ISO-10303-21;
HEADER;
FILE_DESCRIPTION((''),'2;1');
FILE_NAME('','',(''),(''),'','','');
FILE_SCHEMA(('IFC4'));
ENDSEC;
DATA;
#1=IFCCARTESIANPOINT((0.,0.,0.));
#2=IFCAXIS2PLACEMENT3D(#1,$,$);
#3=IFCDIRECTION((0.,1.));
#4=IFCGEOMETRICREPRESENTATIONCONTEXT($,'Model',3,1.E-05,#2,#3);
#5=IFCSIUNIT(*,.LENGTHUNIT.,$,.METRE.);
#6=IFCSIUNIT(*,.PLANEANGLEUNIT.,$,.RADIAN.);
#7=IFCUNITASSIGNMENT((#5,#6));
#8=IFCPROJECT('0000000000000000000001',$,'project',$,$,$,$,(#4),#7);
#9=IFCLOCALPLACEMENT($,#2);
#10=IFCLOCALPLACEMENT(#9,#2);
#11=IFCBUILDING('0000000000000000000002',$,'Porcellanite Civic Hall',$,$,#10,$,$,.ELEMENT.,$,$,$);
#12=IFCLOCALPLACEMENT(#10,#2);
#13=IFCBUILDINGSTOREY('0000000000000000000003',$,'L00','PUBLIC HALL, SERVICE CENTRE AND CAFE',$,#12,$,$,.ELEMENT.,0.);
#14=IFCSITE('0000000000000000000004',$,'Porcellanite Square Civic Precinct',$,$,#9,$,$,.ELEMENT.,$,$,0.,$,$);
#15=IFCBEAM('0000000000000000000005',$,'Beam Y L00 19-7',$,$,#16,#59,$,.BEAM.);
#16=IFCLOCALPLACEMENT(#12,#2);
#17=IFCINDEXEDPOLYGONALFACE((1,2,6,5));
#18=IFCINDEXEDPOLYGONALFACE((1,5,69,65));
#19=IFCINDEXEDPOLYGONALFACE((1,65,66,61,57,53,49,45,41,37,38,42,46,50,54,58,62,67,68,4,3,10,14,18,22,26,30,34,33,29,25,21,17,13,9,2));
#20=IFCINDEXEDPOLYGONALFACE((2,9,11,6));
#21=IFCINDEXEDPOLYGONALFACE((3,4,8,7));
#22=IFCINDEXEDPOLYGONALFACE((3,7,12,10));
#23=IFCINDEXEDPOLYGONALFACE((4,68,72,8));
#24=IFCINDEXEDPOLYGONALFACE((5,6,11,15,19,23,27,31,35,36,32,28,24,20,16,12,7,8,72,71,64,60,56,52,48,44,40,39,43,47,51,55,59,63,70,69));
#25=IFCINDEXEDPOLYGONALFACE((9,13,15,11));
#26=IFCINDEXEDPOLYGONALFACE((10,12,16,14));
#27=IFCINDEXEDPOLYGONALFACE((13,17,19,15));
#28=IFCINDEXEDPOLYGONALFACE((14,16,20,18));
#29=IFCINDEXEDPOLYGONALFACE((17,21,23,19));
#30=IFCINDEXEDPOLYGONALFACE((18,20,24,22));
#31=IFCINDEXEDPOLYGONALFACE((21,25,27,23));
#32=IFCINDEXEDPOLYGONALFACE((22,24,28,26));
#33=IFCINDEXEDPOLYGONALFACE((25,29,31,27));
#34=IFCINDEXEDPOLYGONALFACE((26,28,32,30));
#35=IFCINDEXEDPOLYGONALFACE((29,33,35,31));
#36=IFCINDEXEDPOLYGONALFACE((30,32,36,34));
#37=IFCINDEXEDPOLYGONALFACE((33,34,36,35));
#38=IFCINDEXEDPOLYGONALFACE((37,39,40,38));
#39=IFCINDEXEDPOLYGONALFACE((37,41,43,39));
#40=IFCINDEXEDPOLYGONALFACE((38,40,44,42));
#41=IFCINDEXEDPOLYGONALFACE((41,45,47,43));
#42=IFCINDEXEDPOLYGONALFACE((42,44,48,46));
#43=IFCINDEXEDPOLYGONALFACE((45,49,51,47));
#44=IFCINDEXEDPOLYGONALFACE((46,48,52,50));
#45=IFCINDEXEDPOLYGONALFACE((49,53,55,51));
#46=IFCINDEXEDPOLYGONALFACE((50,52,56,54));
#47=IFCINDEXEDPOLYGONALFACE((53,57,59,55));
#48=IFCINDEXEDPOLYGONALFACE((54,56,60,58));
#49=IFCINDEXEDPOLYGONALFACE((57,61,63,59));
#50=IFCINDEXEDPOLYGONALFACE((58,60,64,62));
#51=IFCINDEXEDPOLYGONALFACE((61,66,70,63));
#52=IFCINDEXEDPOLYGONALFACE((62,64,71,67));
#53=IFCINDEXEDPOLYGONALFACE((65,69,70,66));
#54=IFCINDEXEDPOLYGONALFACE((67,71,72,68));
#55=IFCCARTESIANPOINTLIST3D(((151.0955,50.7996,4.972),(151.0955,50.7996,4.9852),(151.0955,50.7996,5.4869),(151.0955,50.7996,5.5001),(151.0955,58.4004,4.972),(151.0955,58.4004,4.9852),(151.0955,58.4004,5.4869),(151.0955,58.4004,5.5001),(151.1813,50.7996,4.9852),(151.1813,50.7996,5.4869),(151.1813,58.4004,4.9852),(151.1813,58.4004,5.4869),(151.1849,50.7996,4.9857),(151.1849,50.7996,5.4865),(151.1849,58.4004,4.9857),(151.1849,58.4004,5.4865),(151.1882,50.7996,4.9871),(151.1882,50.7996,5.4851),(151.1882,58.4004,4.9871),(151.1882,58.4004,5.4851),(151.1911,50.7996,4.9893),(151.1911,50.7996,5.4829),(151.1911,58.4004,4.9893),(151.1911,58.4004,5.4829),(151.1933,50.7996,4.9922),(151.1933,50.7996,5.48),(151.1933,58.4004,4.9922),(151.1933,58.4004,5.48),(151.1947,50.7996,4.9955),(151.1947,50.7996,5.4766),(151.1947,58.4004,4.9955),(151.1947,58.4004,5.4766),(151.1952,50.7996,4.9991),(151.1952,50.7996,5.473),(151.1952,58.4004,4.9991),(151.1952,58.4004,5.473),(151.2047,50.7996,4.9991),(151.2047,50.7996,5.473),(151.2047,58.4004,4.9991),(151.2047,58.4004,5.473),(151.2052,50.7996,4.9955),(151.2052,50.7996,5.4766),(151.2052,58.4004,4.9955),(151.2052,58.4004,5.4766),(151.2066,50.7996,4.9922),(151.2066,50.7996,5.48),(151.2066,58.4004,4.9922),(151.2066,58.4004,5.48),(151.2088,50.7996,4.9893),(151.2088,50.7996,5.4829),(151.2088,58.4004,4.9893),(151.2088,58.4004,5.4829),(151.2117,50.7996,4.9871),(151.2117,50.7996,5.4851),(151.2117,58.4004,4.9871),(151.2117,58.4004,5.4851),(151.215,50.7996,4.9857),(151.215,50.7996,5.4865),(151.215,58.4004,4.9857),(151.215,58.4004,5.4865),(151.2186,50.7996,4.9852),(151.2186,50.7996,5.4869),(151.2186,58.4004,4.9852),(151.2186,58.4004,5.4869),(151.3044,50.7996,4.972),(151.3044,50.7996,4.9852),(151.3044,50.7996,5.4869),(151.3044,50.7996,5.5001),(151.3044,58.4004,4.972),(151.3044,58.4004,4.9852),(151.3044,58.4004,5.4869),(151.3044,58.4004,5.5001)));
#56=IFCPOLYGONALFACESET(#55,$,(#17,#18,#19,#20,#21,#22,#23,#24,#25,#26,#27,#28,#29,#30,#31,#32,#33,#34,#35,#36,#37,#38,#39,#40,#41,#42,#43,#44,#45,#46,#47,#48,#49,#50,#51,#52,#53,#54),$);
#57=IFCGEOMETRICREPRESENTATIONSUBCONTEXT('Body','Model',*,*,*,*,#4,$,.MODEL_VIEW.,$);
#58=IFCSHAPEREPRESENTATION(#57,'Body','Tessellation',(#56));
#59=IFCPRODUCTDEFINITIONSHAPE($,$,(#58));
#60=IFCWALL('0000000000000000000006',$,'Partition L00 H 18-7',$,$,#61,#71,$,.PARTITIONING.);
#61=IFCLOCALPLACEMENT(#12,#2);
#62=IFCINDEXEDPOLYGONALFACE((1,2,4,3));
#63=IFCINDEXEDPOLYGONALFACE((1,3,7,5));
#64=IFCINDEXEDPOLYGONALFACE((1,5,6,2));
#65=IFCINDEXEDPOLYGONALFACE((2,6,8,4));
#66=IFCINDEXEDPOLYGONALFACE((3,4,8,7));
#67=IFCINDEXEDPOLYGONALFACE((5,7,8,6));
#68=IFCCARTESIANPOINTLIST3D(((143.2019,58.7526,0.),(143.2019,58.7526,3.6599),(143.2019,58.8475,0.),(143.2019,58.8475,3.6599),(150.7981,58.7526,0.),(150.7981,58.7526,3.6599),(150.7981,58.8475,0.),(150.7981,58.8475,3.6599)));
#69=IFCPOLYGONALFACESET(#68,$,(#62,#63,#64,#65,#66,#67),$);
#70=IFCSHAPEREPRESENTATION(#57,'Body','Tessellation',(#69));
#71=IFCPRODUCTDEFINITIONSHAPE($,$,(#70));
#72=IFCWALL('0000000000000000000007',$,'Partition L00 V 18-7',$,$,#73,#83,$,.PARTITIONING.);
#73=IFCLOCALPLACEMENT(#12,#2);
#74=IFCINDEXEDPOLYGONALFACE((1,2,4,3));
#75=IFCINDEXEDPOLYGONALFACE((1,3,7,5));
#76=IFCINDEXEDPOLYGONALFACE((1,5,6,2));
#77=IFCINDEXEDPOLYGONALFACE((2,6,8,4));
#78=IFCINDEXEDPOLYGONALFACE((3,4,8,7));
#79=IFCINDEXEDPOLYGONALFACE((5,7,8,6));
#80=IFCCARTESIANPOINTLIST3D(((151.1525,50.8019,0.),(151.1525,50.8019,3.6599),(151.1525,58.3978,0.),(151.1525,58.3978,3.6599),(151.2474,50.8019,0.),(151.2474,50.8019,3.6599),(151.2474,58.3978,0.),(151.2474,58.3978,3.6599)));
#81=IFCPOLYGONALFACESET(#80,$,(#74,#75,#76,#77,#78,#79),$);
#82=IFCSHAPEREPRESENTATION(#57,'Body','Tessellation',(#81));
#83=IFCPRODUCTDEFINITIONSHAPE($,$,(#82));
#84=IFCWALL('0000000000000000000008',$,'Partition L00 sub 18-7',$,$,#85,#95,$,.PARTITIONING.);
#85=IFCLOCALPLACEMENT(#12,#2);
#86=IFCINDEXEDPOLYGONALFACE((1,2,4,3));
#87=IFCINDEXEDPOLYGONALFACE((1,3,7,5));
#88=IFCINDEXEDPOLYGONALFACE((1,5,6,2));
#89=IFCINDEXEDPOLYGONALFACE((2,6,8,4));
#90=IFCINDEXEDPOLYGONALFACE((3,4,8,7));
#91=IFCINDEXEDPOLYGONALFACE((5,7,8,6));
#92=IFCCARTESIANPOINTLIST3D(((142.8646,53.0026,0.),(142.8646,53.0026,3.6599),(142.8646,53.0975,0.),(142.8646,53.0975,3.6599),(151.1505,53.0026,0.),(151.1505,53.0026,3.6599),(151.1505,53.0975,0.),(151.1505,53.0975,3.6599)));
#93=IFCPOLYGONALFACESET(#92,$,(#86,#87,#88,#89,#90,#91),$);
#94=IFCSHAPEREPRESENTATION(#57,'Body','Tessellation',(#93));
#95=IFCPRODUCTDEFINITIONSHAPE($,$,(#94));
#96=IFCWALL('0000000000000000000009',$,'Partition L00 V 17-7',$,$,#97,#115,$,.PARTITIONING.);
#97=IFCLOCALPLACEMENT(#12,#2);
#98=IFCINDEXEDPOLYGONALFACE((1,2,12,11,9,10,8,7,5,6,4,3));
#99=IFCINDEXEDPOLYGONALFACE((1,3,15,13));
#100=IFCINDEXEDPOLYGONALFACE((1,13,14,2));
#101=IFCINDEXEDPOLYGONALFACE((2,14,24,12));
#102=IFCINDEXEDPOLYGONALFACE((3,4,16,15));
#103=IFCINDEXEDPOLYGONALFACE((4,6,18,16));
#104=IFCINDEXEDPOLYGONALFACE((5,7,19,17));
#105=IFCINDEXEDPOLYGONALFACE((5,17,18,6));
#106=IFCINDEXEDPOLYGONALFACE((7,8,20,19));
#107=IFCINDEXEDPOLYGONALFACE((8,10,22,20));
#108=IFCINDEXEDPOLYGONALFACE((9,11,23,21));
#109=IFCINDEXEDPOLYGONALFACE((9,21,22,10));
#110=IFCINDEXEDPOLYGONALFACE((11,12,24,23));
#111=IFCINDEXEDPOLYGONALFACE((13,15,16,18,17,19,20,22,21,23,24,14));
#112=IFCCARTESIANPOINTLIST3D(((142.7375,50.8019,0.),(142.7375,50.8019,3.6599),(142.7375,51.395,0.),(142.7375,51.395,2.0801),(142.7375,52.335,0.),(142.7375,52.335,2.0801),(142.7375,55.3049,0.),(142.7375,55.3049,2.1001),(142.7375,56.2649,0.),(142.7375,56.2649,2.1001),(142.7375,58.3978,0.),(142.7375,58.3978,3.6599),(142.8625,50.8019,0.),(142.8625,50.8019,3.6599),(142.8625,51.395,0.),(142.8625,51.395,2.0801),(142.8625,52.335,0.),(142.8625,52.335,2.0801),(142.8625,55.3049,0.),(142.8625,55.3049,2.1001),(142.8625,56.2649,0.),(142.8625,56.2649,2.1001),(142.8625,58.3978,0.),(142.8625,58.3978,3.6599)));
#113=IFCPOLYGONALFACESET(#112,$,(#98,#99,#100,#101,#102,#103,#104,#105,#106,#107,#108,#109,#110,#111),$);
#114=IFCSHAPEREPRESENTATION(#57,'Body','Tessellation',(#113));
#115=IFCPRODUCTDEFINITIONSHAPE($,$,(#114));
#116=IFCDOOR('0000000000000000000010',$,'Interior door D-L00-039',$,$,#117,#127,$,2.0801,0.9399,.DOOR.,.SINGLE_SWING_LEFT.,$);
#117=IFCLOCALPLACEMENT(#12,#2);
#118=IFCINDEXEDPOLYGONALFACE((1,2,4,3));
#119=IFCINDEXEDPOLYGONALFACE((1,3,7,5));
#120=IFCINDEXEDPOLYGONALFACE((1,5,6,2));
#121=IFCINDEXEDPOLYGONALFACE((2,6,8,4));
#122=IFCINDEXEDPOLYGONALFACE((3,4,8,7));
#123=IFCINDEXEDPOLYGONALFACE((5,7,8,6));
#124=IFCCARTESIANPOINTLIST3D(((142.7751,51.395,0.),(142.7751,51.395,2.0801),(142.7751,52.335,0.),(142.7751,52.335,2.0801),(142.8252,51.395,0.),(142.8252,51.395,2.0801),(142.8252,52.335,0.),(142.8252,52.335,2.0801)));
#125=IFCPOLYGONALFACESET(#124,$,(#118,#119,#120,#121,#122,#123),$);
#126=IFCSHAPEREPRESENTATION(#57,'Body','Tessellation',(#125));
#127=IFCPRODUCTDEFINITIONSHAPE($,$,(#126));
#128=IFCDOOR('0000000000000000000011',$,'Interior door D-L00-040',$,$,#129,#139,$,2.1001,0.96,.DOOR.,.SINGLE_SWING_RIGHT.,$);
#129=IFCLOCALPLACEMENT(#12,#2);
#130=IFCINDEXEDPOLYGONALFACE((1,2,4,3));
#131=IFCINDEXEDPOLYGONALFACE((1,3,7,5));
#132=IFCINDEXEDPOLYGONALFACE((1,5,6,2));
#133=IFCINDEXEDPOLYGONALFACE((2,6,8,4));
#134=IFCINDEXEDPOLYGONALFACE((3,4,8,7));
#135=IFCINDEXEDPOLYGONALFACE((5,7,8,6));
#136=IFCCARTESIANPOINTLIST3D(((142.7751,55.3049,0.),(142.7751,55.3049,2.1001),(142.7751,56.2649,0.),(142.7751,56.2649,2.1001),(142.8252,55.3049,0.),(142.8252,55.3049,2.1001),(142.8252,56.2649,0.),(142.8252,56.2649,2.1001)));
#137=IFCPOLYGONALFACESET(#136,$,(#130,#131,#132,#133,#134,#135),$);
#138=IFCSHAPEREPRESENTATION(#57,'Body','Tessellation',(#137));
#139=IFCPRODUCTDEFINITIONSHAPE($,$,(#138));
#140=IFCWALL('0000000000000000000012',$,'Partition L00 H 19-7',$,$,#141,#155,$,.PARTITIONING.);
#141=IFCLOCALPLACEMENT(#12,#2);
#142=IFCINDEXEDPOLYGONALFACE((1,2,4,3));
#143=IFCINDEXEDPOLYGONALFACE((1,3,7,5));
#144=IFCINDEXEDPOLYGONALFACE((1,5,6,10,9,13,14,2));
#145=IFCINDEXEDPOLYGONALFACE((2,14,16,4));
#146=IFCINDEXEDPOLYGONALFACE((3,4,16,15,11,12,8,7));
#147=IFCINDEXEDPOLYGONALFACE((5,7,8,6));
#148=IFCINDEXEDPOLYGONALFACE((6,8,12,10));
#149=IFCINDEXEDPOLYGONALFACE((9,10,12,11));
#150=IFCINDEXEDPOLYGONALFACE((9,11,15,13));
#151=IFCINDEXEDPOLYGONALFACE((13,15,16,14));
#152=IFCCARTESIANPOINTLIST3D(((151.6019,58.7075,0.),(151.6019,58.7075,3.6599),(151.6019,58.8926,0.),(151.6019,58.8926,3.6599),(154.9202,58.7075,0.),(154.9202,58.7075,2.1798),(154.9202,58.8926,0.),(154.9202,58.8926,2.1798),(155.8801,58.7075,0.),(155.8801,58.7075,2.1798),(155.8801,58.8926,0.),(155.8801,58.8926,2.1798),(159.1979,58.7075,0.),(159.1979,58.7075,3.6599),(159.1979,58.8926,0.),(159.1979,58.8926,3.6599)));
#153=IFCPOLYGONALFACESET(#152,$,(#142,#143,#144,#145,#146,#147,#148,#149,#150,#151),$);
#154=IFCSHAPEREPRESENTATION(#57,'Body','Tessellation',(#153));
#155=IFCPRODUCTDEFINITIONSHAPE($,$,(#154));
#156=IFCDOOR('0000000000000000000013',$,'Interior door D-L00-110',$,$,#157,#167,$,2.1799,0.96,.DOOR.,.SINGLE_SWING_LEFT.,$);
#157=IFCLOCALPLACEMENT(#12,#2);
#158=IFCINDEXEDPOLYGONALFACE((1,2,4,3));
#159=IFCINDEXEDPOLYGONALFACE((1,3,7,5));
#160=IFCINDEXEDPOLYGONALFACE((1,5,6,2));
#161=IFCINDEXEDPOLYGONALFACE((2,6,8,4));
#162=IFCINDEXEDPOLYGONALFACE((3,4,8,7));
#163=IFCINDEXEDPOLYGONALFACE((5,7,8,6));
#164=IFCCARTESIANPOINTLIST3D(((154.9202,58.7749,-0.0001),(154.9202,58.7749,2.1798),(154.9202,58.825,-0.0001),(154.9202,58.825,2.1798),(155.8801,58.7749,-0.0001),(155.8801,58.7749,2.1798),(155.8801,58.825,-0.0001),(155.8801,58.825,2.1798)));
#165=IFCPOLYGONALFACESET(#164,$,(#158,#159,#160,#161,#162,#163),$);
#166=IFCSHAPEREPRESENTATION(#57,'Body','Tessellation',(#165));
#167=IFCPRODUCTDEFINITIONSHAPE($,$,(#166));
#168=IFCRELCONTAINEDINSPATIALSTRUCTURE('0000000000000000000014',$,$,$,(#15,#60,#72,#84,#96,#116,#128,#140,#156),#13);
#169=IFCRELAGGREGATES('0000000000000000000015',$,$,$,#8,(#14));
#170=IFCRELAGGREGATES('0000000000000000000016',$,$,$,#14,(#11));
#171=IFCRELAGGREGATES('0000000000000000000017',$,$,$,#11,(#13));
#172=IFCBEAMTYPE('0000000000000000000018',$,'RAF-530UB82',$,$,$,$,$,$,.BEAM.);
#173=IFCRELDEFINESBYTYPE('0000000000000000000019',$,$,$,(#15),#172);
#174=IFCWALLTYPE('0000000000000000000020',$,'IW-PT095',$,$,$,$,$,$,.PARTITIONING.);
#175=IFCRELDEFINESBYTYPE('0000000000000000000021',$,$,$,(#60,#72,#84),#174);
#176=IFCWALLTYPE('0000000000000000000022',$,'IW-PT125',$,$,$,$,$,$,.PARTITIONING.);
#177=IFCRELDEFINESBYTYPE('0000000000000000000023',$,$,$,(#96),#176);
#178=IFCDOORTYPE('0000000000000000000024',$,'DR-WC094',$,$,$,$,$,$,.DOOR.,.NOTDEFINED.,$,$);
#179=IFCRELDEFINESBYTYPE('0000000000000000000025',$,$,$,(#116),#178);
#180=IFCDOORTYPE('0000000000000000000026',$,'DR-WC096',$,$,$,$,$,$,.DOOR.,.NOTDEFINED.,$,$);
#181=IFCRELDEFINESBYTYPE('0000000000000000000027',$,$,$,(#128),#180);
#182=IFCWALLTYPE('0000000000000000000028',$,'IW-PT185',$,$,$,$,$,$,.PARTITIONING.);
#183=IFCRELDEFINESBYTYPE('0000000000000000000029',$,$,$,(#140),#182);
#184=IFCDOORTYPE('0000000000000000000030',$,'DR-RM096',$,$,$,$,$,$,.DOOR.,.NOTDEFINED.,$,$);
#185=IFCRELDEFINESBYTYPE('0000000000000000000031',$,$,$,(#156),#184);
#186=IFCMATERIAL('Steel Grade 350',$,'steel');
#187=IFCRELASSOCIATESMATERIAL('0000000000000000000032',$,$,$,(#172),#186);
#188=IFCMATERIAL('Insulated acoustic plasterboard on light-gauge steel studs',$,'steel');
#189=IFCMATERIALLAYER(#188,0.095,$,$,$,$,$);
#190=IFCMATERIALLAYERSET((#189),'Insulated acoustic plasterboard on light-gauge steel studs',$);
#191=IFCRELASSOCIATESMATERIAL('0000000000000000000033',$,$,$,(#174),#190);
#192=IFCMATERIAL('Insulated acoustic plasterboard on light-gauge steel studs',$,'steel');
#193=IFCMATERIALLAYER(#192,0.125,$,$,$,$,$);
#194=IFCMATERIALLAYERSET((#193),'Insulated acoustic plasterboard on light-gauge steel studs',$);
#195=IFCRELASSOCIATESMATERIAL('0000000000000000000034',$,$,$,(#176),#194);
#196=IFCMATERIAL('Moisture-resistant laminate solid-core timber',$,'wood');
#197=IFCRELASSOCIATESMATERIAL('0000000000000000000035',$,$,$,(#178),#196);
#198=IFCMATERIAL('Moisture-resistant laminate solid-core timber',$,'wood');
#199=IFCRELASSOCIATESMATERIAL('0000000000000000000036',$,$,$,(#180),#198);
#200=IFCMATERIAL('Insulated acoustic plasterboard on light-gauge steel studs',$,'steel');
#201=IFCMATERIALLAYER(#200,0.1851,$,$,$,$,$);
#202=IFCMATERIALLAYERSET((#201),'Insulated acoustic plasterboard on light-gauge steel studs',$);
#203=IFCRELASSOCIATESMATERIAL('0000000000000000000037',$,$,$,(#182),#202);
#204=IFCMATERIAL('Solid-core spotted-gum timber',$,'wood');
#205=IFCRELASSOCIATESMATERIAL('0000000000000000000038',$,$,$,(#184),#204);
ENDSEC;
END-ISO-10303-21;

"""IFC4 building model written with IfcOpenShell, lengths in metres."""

from ifc_helpers import new_model, si_unit, direction, frame, frame_2d, origin, origin_2d, place, context, subcontext, project, spatial, rectangle, i_section, extrude, material, layer, layer_set, material_profile, profile_set, type_object, element, fill, save


model = new_model("IFC4")

# Units and contexts
model_context = context("Model", 3, precision=1e-05, world=origin(), true_north=direction((0.0, 1.0)))
body_context = subcontext(model_context, "Body", "Model", "MODEL_VIEW")
ifc_project = project(units=[si_unit("LENGTHUNIT", "METRE"), si_unit("PLANEANGLEUNIT", "RADIAN")], contexts=[model_context])

# Site, building, storey
site_placement = place(None, origin())
site = spatial("IfcSite", under=ifc_project, at=site_placement, Name="Porcellanite Square Civic Precinct", CompositionType="ELEMENT", RefElevation=0.0)
building_placement = place(site_placement, origin())
building = spatial("IfcBuilding", under=site, at=building_placement, Name="Porcellanite Civic Hall", CompositionType="ELEMENT")
storey_placement = place(building_placement, origin())
storey = spatial("IfcBuildingStorey", under=building, at=storey_placement, Name="L00", Description="PUBLIC HALL, SERVICE CENTRE AND CAFE", CompositionType="ELEMENT", Elevation=0.0)

# Beam
ifc_material_1 = material(Name="Steel Grade 350", Category="steel")
ifc_material_profile_1 = material_profile(ifc_material_1, i_section(OverallWidth=0.209, OverallDepth=0.5281, WebThickness=0.0095, FlangeThickness=0.0132, FilletRadius=0.0139, at=origin_2d()), Name="530UB82.0")
ifc_profile_set_1 = profile_set([ifc_material_profile_1], Name="Steel Grade 350")
beam_type_1 = type_object("IfcBeamType", Name="RAF-530UB82", PredefinedType="BEAM", material=ifc_profile_set_1)
beam_1_placement = place(storey_placement, frame((151.2, 50.7996, 5.2361), z_axis=(0.0, 1.0, 0.0), x_axis=(-1.0, 0.0, 0.0)))
element("IfcBeam", 1, at=beam_1_placement, inside=storey, type_object=beam_type_1, Name="Beam Y L00 19-7", PredefinedType="BEAM", context=body_context, shape_type="SweptSolid", body=[
    extrude(i_section(OverallWidth=0.209, OverallDepth=0.5281, WebThickness=0.0095, FlangeThickness=0.0132, FilletRadius=0.0139, at=origin_2d()), origin(), (0.0, 0.0, 1.0), 7.6008),
])

# Walls
ifc_material_2 = material(Name="Insulated acoustic plasterboard on light-gauge steel studs", Category="steel")
ifc_layer_1 = layer(ifc_material_2, 0.095)
ifc_layer_set_1 = layer_set([ifc_layer_1], Name="Insulated acoustic plasterboard on light-gauge steel studs")
wall_type_1 = type_object("IfcWallType", Name="IW-PT095", PredefinedType="PARTITIONING", material=ifc_layer_set_1)
wall_1_placement = place(storey_placement, frame((143.2019, 58.8, 0.0), z_axis=(0.0, 0.0, 1.0), x_axis=(1.0, 0.0, 0.0)))
element("IfcWall", 2, at=wall_1_placement, inside=storey, type_object=wall_type_1, Name="Partition L00 H 18-7", PredefinedType="PARTITIONING", context=body_context, shape_type="SweptSolid", body=[
    extrude(rectangle(XDim=7.5962, YDim=0.095, at=frame_2d((3.7981, 0.0))), origin(), (0.0, 0.0, 1.0), 3.6599),
])
wall_2_placement = place(storey_placement, frame((151.2, 50.802, 0.0), z_axis=(0.0, 0.0, 1.0), x_axis=(0.0, 1.0, 0.0)))
element("IfcWall", 3, at=wall_2_placement, inside=storey, type_object=wall_type_1, Name="Partition L00 V 18-7", PredefinedType="PARTITIONING", context=body_context, shape_type="SweptSolid", body=[
    extrude(rectangle(XDim=7.5959, YDim=0.095, at=frame_2d((3.7979, 0.0))), origin(), (0.0, 0.0, 1.0), 3.6599),
])
wall_3_placement = place(storey_placement, frame((142.8645, 53.05, 0.0), z_axis=(0.0, 0.0, 1.0), x_axis=(1.0, 0.0, 0.0)))
element("IfcWall", 4, at=wall_3_placement, inside=storey, type_object=wall_type_1, Name="Partition L00 sub 18-7", PredefinedType="PARTITIONING", context=body_context, shape_type="SweptSolid", body=[
    extrude(rectangle(XDim=8.2859, YDim=0.095, at=frame_2d((4.1431, 0.0))), origin(), (0.0, 0.0, 1.0), 3.6599),
])

# Wall, openings, doors
ifc_material_3 = material(Name="Insulated acoustic plasterboard on light-gauge steel studs", Category="steel")
ifc_layer_2 = layer(ifc_material_3, 0.125)
ifc_layer_set_2 = layer_set([ifc_layer_2], Name="Insulated acoustic plasterboard on light-gauge steel studs")
wall_type_2 = type_object("IfcWallType", Name="IW-PT125", PredefinedType="PARTITIONING", material=ifc_layer_set_2)
wall_4_placement = place(storey_placement, frame((142.8, 50.802, 0.0), z_axis=(0.0, 0.0, 1.0), x_axis=(0.0, 1.0, 0.0)))
wall_4 = element("IfcWall", 5, at=wall_4_placement, inside=storey, type_object=wall_type_2, Name="Partition L00 V 17-7", PredefinedType="PARTITIONING", context=body_context, shape_type="SweptSolid", body=[
    extrude(rectangle(XDim=7.5959, YDim=0.125, at=frame_2d((3.7979, 0.0))), origin(), (0.0, 0.0, 1.0), 3.6599),
])
opening_1_placement = place(wall_4_placement, frame((0.593, 0.0, 0.0)))
opening_1 = element("IfcOpeningElement", 6, at=opening_1_placement, cuts=wall_4, PredefinedType="OPENING", context=body_context, shape_type="SweptSolid", body=[
    extrude(rectangle(XDim=0.9399, YDim=2.0801, at=frame_2d((0.47, 1.04))), frame((0.0, 0.0625, 0.0), z_axis=(0.0, -1.0, 0.0), x_axis=(1.0, 0.0, 0.0)), (0.0, 0.0, 1.0), 0.125),
])
opening_2_placement = place(wall_4_placement, frame((4.5029, 0.0, 0.0)))
opening_2 = element("IfcOpeningElement", 7, at=opening_2_placement, cuts=wall_4, PredefinedType="OPENING", context=body_context, shape_type="SweptSolid", body=[
    extrude(rectangle(XDim=0.96, YDim=2.1001, at=frame_2d((0.48, 1.05))), frame((0.0, 0.0625, 0.0), z_axis=(0.0, -1.0, 0.0), x_axis=(1.0, 0.0, 0.0)), (0.0, 0.0, 1.0), 0.125),
])
ifc_material_4 = material(Name="Moisture-resistant laminate solid-core timber", Category="wood")
door_type_1 = type_object("IfcDoorType", Name="DR-WC094", OperationType="NOTDEFINED", PredefinedType="DOOR", material=ifc_material_4)
door_1_placement = place(opening_1_placement, origin())
door_1 = element("IfcDoor", 8, at=door_1_placement, inside=storey, type_object=door_type_1, Name="Interior door D-L00-039", OperationType="SINGLE_SWING_LEFT", OverallHeight=2.0801, OverallWidth=0.9399, PredefinedType="DOOR", context=body_context, shape_type="SweptSolid", body=[
    extrude(rectangle(XDim=0.9399, YDim=2.0801, at=frame_2d((0.47, 1.04))), frame((0.0, 0.0249, 0.0), z_axis=(0.0, -1.0, 0.0), x_axis=(1.0, 0.0, 0.0)), (0.0, 0.0, 1.0), 0.05),
])
fill(opening_1, door_1)
ifc_material_5 = material(Name="Moisture-resistant laminate solid-core timber", Category="wood")
door_type_2 = type_object("IfcDoorType", Name="DR-WC096", OperationType="NOTDEFINED", PredefinedType="DOOR", material=ifc_material_5)
door_2_placement = place(opening_2_placement, origin())
door_2 = element("IfcDoor", 9, at=door_2_placement, inside=storey, type_object=door_type_2, Name="Interior door D-L00-040", OperationType="SINGLE_SWING_RIGHT", OverallHeight=2.1001, OverallWidth=0.96, PredefinedType="DOOR", context=body_context, shape_type="SweptSolid", body=[
    extrude(rectangle(XDim=0.96, YDim=2.1001, at=frame_2d((0.48, 1.05))), frame((0.0, 0.0249, 0.0), z_axis=(0.0, -1.0, 0.0), x_axis=(1.0, 0.0, 0.0)), (0.0, 0.0, 1.0), 0.05),
])
fill(opening_2, door_2)

# Wall, opening, door
ifc_material_6 = material(Name="Insulated acoustic plasterboard on light-gauge steel studs", Category="steel")
ifc_layer_3 = layer(ifc_material_6, 0.1851)
ifc_layer_set_3 = layer_set([ifc_layer_3], Name="Insulated acoustic plasterboard on light-gauge steel studs")
wall_type_3 = type_object("IfcWallType", Name="IW-PT185", PredefinedType="PARTITIONING", material=ifc_layer_set_3)
wall_5_placement = place(storey_placement, frame((151.6021, 58.8, 0.0), z_axis=(0.0, 0.0, 1.0), x_axis=(1.0, 0.0, 0.0)))
wall_5 = element("IfcWall", 10, at=wall_5_placement, inside=storey, type_object=wall_type_3, Name="Partition L00 H 19-7", PredefinedType="PARTITIONING", context=body_context, shape_type="SweptSolid", body=[
    extrude(rectangle(XDim=7.5959, YDim=0.1851, at=frame_2d((3.7979, 0.0))), origin(), (0.0, 0.0, 1.0), 3.6599),
])
opening_3_placement = place(wall_5_placement, frame((3.3181, 0.0, 0.0)))
opening_3 = element("IfcOpeningElement", 11, at=opening_3_placement, cuts=wall_5, PredefinedType="OPENING", context=body_context, shape_type="SweptSolid", body=[
    extrude(rectangle(XDim=0.96, YDim=2.1799, at=frame_2d((0.48, 1.0898))), frame((0.0, 0.0925, 0.0), z_axis=(0.0, -1.0, 0.0), x_axis=(1.0, 0.0, 0.0)), (0.0, 0.0, 1.0), 0.1851),
])
ifc_material_7 = material(Name="Solid-core spotted-gum timber", Category="wood")
door_type_3 = type_object("IfcDoorType", Name="DR-RM096", OperationType="NOTDEFINED", PredefinedType="DOOR", material=ifc_material_7)
door_3_placement = place(opening_3_placement, origin())
door_3 = element("IfcDoor", 12, at=door_3_placement, inside=storey, type_object=door_type_3, Name="Interior door D-L00-110", OperationType="SINGLE_SWING_LEFT", OverallHeight=2.1799, OverallWidth=0.96, PredefinedType="DOOR", context=body_context, shape_type="SweptSolid", body=[
    extrude(rectangle(XDim=0.96, YDim=2.1799, at=frame_2d((0.48, 1.0898))), frame((0.0, 0.0249, 0.0), z_axis=(0.0, -1.0, 0.0), x_axis=(1.0, 0.0, 0.0)), (0.0, 0.0, 1.0), 0.05),
])
fill(opening_3, door_3)

save(model, "model.ifc")
